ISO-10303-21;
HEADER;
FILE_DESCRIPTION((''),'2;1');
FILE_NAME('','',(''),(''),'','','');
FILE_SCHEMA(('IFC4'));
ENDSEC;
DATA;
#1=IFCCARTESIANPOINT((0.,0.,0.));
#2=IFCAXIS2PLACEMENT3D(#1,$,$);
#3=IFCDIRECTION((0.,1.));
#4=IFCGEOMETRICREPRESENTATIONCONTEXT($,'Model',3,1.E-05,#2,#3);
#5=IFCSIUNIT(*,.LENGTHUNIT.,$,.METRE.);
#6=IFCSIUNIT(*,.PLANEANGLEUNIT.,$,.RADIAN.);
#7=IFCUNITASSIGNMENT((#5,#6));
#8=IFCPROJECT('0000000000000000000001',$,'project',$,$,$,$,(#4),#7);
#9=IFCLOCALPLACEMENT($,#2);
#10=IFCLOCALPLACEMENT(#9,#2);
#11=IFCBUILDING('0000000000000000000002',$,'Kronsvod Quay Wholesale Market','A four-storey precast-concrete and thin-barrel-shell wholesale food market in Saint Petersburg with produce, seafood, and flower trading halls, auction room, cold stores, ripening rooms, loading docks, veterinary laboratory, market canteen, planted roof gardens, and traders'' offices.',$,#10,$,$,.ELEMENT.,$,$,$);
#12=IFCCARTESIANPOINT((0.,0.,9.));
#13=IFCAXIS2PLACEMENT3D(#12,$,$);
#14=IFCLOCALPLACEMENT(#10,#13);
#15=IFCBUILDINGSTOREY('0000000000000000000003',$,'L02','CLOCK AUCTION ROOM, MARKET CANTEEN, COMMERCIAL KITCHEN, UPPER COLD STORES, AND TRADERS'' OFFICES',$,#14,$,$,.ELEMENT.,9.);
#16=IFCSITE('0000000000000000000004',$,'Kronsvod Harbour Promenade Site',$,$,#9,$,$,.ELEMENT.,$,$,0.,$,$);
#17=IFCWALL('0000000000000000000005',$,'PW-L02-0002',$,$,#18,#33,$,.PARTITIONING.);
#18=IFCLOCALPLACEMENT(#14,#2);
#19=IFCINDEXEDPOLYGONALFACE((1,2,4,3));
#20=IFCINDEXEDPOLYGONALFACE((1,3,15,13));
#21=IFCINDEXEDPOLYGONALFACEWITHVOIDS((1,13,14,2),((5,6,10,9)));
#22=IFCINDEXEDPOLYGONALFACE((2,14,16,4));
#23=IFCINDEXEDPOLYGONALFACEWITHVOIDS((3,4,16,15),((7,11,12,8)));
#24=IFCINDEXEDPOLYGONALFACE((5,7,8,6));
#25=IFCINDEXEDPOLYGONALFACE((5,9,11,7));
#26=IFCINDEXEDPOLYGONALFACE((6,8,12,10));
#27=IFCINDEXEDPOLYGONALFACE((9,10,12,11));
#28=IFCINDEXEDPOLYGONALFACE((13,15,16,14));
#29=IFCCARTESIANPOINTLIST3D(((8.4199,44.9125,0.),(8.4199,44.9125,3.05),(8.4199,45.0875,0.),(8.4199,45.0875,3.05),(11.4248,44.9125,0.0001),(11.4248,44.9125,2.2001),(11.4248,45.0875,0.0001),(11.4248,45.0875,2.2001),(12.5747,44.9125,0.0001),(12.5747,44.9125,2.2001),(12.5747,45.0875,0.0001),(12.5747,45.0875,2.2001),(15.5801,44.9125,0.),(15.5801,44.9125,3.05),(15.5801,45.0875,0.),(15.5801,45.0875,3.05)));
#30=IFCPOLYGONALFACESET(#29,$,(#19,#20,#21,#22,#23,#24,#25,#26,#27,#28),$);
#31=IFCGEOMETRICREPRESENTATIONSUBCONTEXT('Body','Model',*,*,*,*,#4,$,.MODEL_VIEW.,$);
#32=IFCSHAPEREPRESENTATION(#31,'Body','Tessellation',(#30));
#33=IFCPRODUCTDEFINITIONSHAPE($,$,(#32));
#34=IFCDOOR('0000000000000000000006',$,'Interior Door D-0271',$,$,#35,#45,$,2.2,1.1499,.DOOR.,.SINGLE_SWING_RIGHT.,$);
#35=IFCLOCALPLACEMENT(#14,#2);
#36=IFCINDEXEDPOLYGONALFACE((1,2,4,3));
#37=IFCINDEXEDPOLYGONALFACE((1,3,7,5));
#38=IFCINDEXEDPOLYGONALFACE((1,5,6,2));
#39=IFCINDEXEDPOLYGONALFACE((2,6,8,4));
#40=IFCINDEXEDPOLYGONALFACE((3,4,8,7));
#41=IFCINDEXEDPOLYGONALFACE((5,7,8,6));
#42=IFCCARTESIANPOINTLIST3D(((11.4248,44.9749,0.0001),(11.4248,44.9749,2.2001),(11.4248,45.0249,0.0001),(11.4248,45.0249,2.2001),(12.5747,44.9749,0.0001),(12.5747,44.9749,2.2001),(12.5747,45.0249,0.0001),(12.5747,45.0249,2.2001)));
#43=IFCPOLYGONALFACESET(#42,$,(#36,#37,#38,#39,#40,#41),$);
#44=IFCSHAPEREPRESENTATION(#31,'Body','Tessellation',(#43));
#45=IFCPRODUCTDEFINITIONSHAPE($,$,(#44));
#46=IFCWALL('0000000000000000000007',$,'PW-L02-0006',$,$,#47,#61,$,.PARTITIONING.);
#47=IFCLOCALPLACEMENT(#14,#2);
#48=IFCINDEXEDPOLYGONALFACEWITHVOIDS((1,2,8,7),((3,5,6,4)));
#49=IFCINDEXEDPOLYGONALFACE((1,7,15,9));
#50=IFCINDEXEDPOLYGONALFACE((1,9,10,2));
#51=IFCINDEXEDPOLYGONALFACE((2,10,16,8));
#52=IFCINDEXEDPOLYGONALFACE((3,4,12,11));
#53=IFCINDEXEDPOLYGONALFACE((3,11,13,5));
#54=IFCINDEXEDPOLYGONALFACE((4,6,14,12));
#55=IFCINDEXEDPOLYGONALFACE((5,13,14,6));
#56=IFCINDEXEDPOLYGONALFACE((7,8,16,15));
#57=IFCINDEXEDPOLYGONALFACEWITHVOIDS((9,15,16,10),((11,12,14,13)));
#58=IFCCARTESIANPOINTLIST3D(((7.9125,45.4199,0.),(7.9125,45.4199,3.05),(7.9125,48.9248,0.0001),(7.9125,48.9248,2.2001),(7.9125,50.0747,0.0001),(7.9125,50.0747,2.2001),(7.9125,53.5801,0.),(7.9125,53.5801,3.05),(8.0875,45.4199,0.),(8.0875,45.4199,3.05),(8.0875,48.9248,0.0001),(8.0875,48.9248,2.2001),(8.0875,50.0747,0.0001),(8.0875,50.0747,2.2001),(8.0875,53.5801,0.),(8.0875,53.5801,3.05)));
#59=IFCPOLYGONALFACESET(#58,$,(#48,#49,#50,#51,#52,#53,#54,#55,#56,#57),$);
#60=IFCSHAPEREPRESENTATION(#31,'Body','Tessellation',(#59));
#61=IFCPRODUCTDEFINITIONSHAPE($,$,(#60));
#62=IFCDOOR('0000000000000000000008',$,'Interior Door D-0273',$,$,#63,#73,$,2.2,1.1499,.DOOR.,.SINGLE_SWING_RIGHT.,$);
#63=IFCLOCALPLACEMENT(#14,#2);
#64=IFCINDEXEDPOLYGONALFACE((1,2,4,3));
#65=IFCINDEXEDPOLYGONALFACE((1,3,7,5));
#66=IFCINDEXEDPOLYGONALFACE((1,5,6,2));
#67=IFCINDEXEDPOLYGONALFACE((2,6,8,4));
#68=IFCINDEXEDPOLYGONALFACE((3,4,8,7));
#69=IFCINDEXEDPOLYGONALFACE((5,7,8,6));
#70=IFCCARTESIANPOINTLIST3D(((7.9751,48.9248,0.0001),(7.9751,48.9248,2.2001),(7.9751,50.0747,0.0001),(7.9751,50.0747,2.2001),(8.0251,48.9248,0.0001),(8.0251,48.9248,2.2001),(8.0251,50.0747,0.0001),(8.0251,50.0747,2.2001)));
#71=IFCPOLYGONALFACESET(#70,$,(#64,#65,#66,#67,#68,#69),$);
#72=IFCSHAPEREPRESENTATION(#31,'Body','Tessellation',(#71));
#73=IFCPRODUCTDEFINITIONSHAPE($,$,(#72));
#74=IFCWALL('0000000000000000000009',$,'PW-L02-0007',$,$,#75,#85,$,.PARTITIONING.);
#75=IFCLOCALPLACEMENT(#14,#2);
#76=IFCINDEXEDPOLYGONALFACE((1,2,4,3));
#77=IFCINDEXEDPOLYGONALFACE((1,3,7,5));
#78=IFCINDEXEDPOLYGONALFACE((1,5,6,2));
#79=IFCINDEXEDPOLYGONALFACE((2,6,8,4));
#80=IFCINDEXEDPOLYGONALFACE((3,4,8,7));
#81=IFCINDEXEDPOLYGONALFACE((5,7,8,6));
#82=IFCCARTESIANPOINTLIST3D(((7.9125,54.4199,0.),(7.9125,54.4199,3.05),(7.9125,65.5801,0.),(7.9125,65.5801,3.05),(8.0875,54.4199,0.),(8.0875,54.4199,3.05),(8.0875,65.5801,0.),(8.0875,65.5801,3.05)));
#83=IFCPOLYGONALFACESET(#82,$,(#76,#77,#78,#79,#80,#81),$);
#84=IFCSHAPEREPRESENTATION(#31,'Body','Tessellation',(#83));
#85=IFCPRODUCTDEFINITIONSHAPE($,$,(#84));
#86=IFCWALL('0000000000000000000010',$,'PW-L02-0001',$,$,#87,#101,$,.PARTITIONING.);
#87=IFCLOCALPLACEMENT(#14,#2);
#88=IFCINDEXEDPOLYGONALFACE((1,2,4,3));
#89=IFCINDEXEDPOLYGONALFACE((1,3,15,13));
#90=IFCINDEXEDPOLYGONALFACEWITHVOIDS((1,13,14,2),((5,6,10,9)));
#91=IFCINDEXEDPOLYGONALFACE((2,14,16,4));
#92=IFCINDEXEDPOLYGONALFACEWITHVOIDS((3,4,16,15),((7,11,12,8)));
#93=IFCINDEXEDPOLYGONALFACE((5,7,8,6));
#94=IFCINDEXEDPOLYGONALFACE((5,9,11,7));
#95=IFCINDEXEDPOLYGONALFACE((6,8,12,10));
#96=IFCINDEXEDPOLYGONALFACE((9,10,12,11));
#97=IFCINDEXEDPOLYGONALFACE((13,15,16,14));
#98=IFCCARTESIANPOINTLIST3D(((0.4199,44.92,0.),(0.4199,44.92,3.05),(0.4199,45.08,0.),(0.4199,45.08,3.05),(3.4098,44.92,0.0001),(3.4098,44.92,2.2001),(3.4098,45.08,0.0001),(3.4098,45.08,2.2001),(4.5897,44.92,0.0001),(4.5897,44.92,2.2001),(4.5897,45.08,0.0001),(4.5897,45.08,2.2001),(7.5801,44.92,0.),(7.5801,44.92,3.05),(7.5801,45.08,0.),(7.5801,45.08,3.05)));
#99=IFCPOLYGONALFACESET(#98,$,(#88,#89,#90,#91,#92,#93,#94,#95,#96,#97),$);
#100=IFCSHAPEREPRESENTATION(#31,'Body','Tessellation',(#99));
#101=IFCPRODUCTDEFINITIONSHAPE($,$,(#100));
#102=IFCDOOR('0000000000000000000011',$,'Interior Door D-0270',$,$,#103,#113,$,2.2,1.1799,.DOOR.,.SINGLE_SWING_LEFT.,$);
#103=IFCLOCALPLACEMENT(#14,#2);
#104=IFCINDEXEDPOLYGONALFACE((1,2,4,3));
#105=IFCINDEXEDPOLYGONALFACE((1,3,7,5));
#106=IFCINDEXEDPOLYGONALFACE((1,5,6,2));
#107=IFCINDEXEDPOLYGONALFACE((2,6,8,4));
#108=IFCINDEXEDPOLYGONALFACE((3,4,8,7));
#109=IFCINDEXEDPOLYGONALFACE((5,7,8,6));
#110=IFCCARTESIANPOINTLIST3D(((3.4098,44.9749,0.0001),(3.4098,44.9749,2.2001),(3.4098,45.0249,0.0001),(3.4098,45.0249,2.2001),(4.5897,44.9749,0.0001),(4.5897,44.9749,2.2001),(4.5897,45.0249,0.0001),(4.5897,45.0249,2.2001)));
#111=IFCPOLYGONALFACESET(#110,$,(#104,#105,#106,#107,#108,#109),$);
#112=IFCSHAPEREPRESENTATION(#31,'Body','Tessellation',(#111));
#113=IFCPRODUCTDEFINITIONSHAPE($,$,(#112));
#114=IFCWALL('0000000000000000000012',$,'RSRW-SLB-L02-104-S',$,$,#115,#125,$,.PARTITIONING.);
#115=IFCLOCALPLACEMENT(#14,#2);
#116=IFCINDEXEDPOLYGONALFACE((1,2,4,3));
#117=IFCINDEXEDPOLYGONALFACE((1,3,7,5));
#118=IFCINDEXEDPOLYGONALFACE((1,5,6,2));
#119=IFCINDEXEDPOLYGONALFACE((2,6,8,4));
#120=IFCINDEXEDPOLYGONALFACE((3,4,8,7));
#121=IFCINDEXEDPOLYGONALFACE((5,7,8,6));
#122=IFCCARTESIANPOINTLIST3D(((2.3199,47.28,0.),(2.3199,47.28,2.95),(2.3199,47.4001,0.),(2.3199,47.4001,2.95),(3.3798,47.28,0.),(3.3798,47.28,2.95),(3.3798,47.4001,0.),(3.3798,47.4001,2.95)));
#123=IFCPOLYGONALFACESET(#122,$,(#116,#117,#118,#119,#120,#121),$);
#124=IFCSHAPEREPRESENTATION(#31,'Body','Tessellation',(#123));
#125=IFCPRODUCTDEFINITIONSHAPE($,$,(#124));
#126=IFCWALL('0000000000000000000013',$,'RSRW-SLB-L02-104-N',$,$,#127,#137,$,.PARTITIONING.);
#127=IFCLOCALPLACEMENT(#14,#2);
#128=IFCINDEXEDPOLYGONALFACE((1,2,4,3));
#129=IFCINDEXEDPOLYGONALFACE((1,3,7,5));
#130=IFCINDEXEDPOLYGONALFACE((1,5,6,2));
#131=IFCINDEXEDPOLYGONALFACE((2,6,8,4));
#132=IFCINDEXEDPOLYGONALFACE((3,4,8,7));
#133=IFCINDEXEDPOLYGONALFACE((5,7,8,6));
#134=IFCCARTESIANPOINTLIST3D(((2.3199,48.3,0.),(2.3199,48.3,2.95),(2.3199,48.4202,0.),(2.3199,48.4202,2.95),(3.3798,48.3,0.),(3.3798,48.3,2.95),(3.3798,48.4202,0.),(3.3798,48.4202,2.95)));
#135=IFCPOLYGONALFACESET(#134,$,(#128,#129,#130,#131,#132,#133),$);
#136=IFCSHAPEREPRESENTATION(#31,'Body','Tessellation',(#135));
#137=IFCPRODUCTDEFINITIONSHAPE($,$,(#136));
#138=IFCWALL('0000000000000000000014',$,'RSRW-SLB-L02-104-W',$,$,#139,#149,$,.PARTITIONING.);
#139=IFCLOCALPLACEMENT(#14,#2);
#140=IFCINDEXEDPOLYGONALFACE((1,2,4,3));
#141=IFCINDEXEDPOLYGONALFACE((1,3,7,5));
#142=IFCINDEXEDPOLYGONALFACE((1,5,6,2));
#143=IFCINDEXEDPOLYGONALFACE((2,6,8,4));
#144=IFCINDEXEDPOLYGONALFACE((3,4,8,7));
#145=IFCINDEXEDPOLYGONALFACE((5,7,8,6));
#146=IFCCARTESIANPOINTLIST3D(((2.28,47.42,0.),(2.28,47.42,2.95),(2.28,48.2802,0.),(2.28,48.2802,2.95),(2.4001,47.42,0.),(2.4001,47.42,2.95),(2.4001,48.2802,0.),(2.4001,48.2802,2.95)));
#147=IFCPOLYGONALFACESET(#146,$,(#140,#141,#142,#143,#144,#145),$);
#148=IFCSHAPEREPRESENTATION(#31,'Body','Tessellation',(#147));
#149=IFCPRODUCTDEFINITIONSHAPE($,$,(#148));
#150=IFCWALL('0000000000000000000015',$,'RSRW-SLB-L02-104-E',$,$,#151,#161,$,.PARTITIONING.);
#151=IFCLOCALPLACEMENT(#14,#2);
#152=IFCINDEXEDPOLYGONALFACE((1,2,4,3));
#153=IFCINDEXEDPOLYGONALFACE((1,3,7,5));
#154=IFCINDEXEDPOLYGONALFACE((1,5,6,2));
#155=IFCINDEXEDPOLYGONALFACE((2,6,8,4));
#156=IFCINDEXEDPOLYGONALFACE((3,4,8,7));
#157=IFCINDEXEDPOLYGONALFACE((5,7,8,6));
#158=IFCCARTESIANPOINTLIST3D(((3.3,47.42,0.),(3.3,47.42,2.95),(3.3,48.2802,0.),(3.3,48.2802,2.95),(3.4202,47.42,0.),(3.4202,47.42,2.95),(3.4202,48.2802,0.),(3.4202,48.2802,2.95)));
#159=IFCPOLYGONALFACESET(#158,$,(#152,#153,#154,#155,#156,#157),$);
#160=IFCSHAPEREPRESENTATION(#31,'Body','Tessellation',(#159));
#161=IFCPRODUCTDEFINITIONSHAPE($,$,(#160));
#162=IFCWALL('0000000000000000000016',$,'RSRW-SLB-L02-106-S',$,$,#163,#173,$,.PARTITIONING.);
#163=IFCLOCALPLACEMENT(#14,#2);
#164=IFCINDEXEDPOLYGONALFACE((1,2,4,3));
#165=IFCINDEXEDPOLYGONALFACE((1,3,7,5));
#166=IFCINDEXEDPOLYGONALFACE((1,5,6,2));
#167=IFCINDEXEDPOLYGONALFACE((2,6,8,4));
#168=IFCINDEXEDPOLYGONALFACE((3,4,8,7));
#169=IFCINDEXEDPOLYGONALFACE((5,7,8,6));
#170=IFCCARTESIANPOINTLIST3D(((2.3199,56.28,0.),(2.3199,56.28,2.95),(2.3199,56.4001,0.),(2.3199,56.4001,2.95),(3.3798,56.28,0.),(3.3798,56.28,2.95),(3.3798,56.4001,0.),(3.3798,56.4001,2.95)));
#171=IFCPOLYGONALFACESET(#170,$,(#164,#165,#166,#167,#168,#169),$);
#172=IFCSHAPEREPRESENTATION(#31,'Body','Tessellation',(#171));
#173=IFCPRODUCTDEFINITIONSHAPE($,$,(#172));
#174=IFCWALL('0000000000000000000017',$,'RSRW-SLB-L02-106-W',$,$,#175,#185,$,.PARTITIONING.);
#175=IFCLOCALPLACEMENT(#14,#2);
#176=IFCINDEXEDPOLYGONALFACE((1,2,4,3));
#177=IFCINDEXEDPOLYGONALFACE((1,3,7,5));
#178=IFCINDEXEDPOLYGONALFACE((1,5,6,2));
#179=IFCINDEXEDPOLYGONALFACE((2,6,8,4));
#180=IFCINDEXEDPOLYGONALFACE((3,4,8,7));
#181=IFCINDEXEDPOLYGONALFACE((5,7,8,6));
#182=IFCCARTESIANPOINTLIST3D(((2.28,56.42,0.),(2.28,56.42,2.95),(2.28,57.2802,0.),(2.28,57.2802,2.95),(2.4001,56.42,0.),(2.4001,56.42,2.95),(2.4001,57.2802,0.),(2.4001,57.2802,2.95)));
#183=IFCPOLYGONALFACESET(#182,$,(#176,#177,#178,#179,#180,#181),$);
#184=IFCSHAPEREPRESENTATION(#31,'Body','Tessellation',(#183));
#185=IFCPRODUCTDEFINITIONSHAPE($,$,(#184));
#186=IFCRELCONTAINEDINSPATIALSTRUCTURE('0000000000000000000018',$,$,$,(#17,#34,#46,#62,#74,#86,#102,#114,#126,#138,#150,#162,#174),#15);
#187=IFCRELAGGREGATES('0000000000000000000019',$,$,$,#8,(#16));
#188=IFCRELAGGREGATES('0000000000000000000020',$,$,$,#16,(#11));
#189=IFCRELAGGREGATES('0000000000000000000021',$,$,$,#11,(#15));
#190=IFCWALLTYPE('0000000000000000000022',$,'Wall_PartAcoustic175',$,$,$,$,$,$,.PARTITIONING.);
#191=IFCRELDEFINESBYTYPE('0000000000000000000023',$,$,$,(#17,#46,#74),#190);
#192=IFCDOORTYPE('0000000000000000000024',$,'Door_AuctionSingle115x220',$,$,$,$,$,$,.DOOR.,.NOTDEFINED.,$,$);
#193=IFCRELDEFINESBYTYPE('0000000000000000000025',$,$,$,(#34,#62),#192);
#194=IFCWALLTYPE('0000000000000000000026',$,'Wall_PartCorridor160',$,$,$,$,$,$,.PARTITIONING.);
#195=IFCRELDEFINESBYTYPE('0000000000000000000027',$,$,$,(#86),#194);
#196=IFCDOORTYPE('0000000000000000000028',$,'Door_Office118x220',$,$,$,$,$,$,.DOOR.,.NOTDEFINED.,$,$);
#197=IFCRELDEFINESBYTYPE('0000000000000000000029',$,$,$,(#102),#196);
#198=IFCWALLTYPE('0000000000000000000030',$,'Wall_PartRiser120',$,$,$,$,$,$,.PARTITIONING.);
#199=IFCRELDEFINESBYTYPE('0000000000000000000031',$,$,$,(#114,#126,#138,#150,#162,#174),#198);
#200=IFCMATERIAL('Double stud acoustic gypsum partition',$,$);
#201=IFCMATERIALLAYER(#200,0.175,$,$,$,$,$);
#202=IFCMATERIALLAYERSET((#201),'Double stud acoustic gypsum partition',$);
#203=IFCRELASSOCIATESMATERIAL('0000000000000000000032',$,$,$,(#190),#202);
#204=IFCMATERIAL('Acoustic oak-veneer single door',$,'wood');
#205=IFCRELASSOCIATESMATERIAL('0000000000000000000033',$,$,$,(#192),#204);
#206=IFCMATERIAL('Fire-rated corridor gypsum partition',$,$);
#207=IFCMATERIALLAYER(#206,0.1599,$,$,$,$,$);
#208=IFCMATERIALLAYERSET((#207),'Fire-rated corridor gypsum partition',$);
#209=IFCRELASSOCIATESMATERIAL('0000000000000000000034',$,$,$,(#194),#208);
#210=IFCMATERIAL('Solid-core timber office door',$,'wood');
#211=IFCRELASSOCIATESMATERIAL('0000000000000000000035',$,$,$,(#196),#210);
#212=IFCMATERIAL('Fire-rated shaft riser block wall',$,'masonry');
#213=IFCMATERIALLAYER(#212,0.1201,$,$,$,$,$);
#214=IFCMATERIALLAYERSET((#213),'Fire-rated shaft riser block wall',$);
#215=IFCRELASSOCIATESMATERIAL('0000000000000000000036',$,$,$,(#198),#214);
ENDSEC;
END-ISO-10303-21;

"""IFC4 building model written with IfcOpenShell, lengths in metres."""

from ifc_helpers import new_model, si_unit, direction, frame, frame_2d, origin, place, context, subcontext, project, spatial, rectangle, extrude, material, layer, layer_set, type_object, element, fill, save


model = new_model("IFC4")

# Units and contexts
model_context = context("Model", 3, precision=1e-05, world=origin(), true_north=direction((0.0, 1.0)))
body_context = subcontext(model_context, "Body", "Model", "MODEL_VIEW")
ifc_project = project(units=[si_unit("LENGTHUNIT", "METRE"), si_unit("PLANEANGLEUNIT", "RADIAN")], contexts=[model_context])

# Site, building, storey
site_placement = place(None, origin())
site = spatial("IfcSite", under=ifc_project, at=site_placement, Name="Kronsvod Harbour Promenade Site", CompositionType="ELEMENT", RefElevation=0.0)
building_placement = place(site_placement, origin())
building = spatial("IfcBuilding", under=site, at=building_placement, Name="Kronsvod Quay Wholesale Market", Description="A four-storey precast-concrete and thin-barrel-shell wholesale food market in Saint Petersburg with produce, seafood, and flower trading halls, auction room, cold stores, ripening rooms, loading docks, veterinary laboratory, market canteen, planted roof gardens, and traders' offices.", CompositionType="ELEMENT")
storey_placement = place(building_placement, frame((0.0, 0.0, 9.0)))
storey = spatial("IfcBuildingStorey", under=building, at=storey_placement, Name="L02", Description="CLOCK AUCTION ROOM, MARKET CANTEEN, COMMERCIAL KITCHEN, UPPER COLD STORES, AND TRADERS' OFFICES", CompositionType="ELEMENT", Elevation=9.0)

# Walls, openings, doors
ifc_material_1 = material(Name="Double stud acoustic gypsum partition")
ifc_layer_1 = layer(ifc_material_1, 0.175)
ifc_layer_set_1 = layer_set([ifc_layer_1], Name="Double stud acoustic gypsum partition")
wall_type_1 = type_object("IfcWallType", Name="Wall_PartAcoustic175", PredefinedType="PARTITIONING", material=ifc_layer_set_1)
wall_1_placement = place(storey_placement, frame((8.4199, 45.0, 0.0), z_axis=(0.0, 0.0, 1.0), x_axis=(1.0, 0.0, 0.0)))
wall_1 = element("IfcWall", 1, at=wall_1_placement, inside=storey, type_object=wall_type_1, Name="PW-L02-0002", PredefinedType="PARTITIONING", context=body_context, shape_type="SweptSolid", body=[
    extrude(rectangle(XDim=7.1602, YDim=0.175, at=frame_2d((3.5801, 0.0))), origin(), (0.0, 0.0, 1.0), 3.05),
])
opening_1_placement = place(wall_1_placement, frame((3.0049, 0.0, 0.0)))
opening_1 = element("IfcOpeningElement", 2, at=opening_1_placement, cuts=wall_1, PredefinedType="OPENING", context=body_context, shape_type="SweptSolid", body=[
    extrude(rectangle(XDim=1.1499, YDim=2.2, at=frame_2d((0.575, 1.1001))), frame((0.0, 0.0977, 0.0), z_axis=(0.0, -1.0, 0.0), x_axis=(1.0, 0.0, 0.0)), (0.0, 0.0, 1.0), 0.1951),
])
ifc_material_2 = material(Name="Acoustic oak-veneer single door", Category="wood")
door_type_1 = type_object("IfcDoorType", Name="Door_AuctionSingle115x220", OperationType="NOTDEFINED", PredefinedType="DOOR", material=ifc_material_2)
door_1_placement = place(opening_1_placement, origin())
door_1 = element("IfcDoor", 3, at=door_1_placement, inside=storey, type_object=door_type_1, Name="Interior Door D-0271", OperationType="SINGLE_SWING_RIGHT", OverallHeight=2.2, OverallWidth=1.1499, PredefinedType="DOOR", context=body_context, shape_type="SweptSolid", body=[
    extrude(rectangle(XDim=1.1499, YDim=2.2, at=frame_2d((0.575, 1.1001))), frame((0.0, 0.0249, 0.0), z_axis=(0.0, -1.0, 0.0), x_axis=(1.0, 0.0, 0.0)), (0.0, 0.0, 1.0), 0.05),
])
fill(opening_1, door_1)
wall_2_placement = place(storey_placement, frame((8.0, 45.4199, 0.0), z_axis=(0.0, 0.0, 1.0), x_axis=(0.0, 1.0, 0.0)))
wall_2 = element("IfcWall", 4, at=wall_2_placement, inside=storey, type_object=wall_type_1, Name="PW-L02-0006", PredefinedType="PARTITIONING", context=body_context, shape_type="SweptSolid", body=[
    extrude(rectangle(XDim=8.1602, YDim=0.175, at=frame_2d((4.0801, 0.0))), origin(), (0.0, 0.0, 1.0), 3.05),
])
opening_2_placement = place(wall_2_placement, frame((3.5049, 0.0, 0.0)))
opening_2 = element("IfcOpeningElement", 5, at=opening_2_placement, cuts=wall_2, PredefinedType="OPENING", context=body_context, shape_type="SweptSolid", body=[
    extrude(rectangle(XDim=1.1499, YDim=2.2, at=frame_2d((0.575, 1.1001))), frame((0.0, 0.0977, 0.0), z_axis=(0.0, -1.0, 0.0), x_axis=(1.0, 0.0, 0.0)), (0.0, 0.0, 1.0), 0.1951),
])
door_2_placement = place(opening_2_placement, origin())
door_2 = element("IfcDoor", 6, at=door_2_placement, inside=storey, type_object=door_type_1, Name="Interior Door D-0273", OperationType="SINGLE_SWING_RIGHT", OverallHeight=2.2, OverallWidth=1.1499, PredefinedType="DOOR", context=body_context, shape_type="SweptSolid", body=[
    extrude(rectangle(XDim=1.1499, YDim=2.2, at=frame_2d((0.575, 1.1001))), frame((0.0, 0.0249, 0.0), z_axis=(0.0, -1.0, 0.0), x_axis=(1.0, 0.0, 0.0)), (0.0, 0.0, 1.0), 0.05),
])
fill(opening_2, door_2)

# Wall
wall_3_placement = place(storey_placement, frame((8.0, 54.4199, 0.0), z_axis=(0.0, 0.0, 1.0), x_axis=(0.0, 1.0, 0.0)))
element("IfcWall", 7, at=wall_3_placement, inside=storey, type_object=wall_type_1, Name="PW-L02-0007", PredefinedType="PARTITIONING", context=body_context, shape_type="SweptSolid", body=[
    extrude(rectangle(XDim=11.1602, YDim=0.175, at=frame_2d((5.5801, 0.0))), origin(), (0.0, 0.0, 1.0), 3.05),
])

# Wall, opening, door
ifc_material_3 = material(Name="Fire-rated corridor gypsum partition")
ifc_layer_2 = layer(ifc_material_3, 0.1599)
ifc_layer_set_2 = layer_set([ifc_layer_2], Name="Fire-rated corridor gypsum partition")
wall_type_2 = type_object("IfcWallType", Name="Wall_PartCorridor160", PredefinedType="PARTITIONING", material=ifc_layer_set_2)
wall_4_placement = place(storey_placement, frame((0.4199, 45.0, 0.0), z_axis=(0.0, 0.0, 1.0), x_axis=(1.0, 0.0, 0.0)))
wall_4 = element("IfcWall", 8, at=wall_4_placement, inside=storey, type_object=wall_type_2, Name="PW-L02-0001", PredefinedType="PARTITIONING", context=body_context, shape_type="SweptSolid", body=[
    extrude(rectangle(XDim=7.1602, YDim=0.1599, at=frame_2d((3.5801, 0.0))), origin(), (0.0, 0.0, 1.0), 3.05),
])
opening_3_placement = place(wall_4_placement, frame((2.99, 0.0, 0.0)))
opening_3 = element("IfcOpeningElement", 9, at=opening_3_placement, cuts=wall_4, PredefinedType="OPENING", context=body_context, shape_type="SweptSolid", body=[
    extrude(rectangle(XDim=1.1799, YDim=2.2, at=frame_2d((0.5898, 1.1001))), frame((0.0, 0.0898, 0.0), z_axis=(0.0, -1.0, 0.0), x_axis=(1.0, 0.0, 0.0)), (0.0, 0.0, 1.0), 0.1799),
])
ifc_material_4 = material(Name="Solid-core timber office door", Category="wood")
door_type_2 = type_object("IfcDoorType", Name="Door_Office118x220", OperationType="NOTDEFINED", PredefinedType="DOOR", material=ifc_material_4)
door_3_placement = place(opening_3_placement, origin())
door_3 = element("IfcDoor", 10, at=door_3_placement, inside=storey, type_object=door_type_2, Name="Interior Door D-0270", OperationType="SINGLE_SWING_LEFT", OverallHeight=2.2, OverallWidth=1.1799, PredefinedType="DOOR", context=body_context, shape_type="SweptSolid", body=[
    extrude(rectangle(XDim=1.1799, YDim=2.2, at=frame_2d((0.5898, 1.1001))), frame((0.0, 0.0249, 0.0), z_axis=(0.0, -1.0, 0.0), x_axis=(1.0, 0.0, 0.0)), (0.0, 0.0, 1.0), 0.05),
])
fill(opening_3, door_3)

# Walls
ifc_material_5 = material(Name="Fire-rated shaft riser block wall", Category="masonry")
ifc_layer_3 = layer(ifc_material_5, 0.1201)
ifc_layer_set_3 = layer_set([ifc_layer_3], Name="Fire-rated shaft riser block wall")
wall_type_3 = type_object("IfcWallType", Name="Wall_PartRiser120", PredefinedType="PARTITIONING", material=ifc_layer_set_3)
for number, where, z_axis, x_axis, name in (
    (11, (2.3201, 47.3401, 0.0), (0.0, 0.0, 1.0), (1.0, 0.0, 0.0), "RSRW-SLB-L02-104-S"),
    (12, (2.3201, 48.3601, 0.0), (0.0, 0.0, 1.0), (1.0, 0.0, 0.0), "RSRW-SLB-L02-104-N"),
):
    element("IfcWall", number, at=place(storey_placement, frame(where, z_axis=z_axis, x_axis=x_axis)), inside=storey, type_object=wall_type_3, Name=name, PredefinedType="PARTITIONING", context=body_context, shape_type="SweptSolid", body=[
        extrude(rectangle(XDim=1.0598, YDim=0.1201, at=frame_2d((0.5298, 0.0))), origin(), (0.0, 0.0, 1.0), 2.95),
    ])
for number, where, z_axis, x_axis, name in (
    (13, (2.3401, 47.4199, 0.0), (0.0, 0.0, 1.0), (0.0, 1.0, 0.0), "RSRW-SLB-L02-104-W"),
    (14, (3.3601, 47.4199, 0.0), (0.0, 0.0, 1.0), (0.0, 1.0, 0.0), "RSRW-SLB-L02-104-E"),
):
    element("IfcWall", number, at=place(storey_placement, frame(where, z_axis=z_axis, x_axis=x_axis)), inside=storey, type_object=wall_type_3, Name=name, PredefinedType="PARTITIONING", context=body_context, shape_type="SweptSolid", body=[
        extrude(rectangle(XDim=0.8601, YDim=0.1201, at=frame_2d((0.4302, 0.0))), origin(), (0.0, 0.0, 1.0), 2.95),
    ])
wall_5_placement = place(storey_placement, frame((2.3201, 56.3401, 0.0), z_axis=(0.0, 0.0, 1.0), x_axis=(1.0, 0.0, 0.0)))
element("IfcWall", 15, at=wall_5_placement, inside=storey, type_object=wall_type_3, Name="RSRW-SLB-L02-106-S", PredefinedType="PARTITIONING", context=body_context, shape_type="SweptSolid", body=[
    extrude(rectangle(XDim=1.0598, YDim=0.1201, at=frame_2d((0.5298, 0.0))), origin(), (0.0, 0.0, 1.0), 2.95),
])
wall_6_placement = place(storey_placement, frame((2.3401, 56.4199, 0.0), z_axis=(0.0, 0.0, 1.0), x_axis=(0.0, 1.0, 0.0)))
element("IfcWall", 16, at=wall_6_placement, inside=storey, type_object=wall_type_3, Name="RSRW-SLB-L02-106-W", PredefinedType="PARTITIONING", context=body_context, shape_type="SweptSolid", body=[
    extrude(rectangle(XDim=0.8601, YDim=0.1201, at=frame_2d((0.4302, 0.0))), origin(), (0.0, 0.0, 1.0), 2.95),
])

save(model, "model.ifc")
